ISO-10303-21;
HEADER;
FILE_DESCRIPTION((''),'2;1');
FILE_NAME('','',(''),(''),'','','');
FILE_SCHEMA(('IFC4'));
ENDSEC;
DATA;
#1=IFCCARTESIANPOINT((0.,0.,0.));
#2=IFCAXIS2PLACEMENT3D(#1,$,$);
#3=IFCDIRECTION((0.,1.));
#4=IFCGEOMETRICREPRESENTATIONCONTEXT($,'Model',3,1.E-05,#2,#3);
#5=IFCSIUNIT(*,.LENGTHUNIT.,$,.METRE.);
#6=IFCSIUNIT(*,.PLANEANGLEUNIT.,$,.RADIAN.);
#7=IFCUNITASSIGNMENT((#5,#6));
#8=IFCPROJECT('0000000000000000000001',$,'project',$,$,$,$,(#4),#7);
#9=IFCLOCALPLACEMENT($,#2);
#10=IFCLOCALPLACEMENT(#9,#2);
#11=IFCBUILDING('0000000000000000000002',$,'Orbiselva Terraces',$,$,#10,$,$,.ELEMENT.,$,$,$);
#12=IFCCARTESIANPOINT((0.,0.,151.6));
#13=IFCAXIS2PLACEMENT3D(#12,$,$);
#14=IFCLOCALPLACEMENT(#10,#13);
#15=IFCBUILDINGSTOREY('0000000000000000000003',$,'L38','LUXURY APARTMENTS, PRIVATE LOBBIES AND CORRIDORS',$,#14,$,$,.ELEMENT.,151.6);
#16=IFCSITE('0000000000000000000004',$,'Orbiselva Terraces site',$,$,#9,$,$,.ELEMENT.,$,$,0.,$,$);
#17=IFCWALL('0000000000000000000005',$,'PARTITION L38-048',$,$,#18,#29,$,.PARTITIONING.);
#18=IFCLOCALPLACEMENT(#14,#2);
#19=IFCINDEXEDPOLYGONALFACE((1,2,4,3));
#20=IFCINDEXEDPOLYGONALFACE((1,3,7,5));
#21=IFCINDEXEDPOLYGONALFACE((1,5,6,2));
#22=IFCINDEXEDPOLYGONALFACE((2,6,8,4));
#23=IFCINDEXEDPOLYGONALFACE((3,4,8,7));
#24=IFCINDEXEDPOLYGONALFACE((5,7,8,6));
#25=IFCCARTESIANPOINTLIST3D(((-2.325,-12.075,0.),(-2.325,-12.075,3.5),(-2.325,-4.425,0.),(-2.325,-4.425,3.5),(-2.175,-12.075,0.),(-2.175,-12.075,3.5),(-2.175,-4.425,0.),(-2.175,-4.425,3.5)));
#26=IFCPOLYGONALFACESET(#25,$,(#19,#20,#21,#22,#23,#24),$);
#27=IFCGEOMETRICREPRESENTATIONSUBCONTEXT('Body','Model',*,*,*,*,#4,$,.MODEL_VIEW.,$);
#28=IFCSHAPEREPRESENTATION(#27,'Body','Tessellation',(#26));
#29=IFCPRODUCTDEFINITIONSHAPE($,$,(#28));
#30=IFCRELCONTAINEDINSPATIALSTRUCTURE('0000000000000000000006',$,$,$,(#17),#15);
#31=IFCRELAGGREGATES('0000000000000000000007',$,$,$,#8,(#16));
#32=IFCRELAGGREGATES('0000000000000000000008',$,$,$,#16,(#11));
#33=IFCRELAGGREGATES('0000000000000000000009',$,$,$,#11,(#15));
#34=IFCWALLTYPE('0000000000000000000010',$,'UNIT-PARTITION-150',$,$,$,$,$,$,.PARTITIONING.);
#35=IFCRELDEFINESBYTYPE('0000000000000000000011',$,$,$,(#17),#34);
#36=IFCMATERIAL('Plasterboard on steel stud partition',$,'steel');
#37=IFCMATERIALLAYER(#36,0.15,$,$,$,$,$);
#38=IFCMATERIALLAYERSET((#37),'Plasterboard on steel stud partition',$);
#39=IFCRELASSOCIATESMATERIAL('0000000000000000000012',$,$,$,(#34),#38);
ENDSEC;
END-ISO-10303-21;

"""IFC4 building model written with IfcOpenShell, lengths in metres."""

from ifc_helpers import new_model, si_unit, direction, frame, frame_2d, origin, place, context, subcontext, project, spatial, rectangle, extrude, material, layer, layer_set, type_object, element, save


model = new_model("IFC4")

# Units and contexts
model_context = context("Model", 3, precision=1e-05, world=origin(), true_north=direction((0.0, 1.0)))
body_context = subcontext(model_context, "Body", "Model", "MODEL_VIEW")
ifc_project = project(units=[si_unit("LENGTHUNIT", "METRE"), si_unit("PLANEANGLEUNIT", "RADIAN")], contexts=[model_context])

# Site, building, storey
site_placement = place(None, origin())
site = spatial("IfcSite", under=ifc_project, at=site_placement, Name="Orbiselva Terraces site", CompositionType="ELEMENT", RefElevation=0.0)
building_placement = place(site_placement, origin())
building = spatial("IfcBuilding", under=site, at=building_placement, Name="Orbiselva Terraces", CompositionType="ELEMENT")
storey_placement = place(building_placement, frame((0.0, 0.0, 151.6)))
storey = spatial("IfcBuildingStorey", under=building, at=storey_placement, Name="L38", Description="LUXURY APARTMENTS, PRIVATE LOBBIES AND CORRIDORS", CompositionType="ELEMENT", Elevation=151.6)

# Shared definitions
ifc_material_1 = material(Name="Plasterboard on steel stud partition", Category="steel")
ifc_layer_1 = layer(ifc_material_1, 0.15)
ifc_layer_set_1 = layer_set([ifc_layer_1], Name="Plasterboard on steel stud partition")
wall_type_1 = type_object("IfcWallType", Name="UNIT-PARTITION-150", PredefinedType="PARTITIONING", material=ifc_layer_set_1)

# Wall
wall_1_placement = place(storey_placement, frame((-2.25, -12.075, 0.0), z_axis=(0.0, 0.0, 1.0), x_axis=(0.0, 1.0, 0.0)))
element("IfcWall", 1, at=wall_1_placement, inside=storey, type_object=wall_type_1, Name="PARTITION L38-048", PredefinedType="PARTITIONING", context=body_context, shape_type="SweptSolid", body=[
    extrude(rectangle(XDim=7.65, YDim=0.15, at=frame_2d((3.825, 0.0))), origin(), (0.0, 0.0, 1.0), 3.5),
])

save(model, "model.ifc")
